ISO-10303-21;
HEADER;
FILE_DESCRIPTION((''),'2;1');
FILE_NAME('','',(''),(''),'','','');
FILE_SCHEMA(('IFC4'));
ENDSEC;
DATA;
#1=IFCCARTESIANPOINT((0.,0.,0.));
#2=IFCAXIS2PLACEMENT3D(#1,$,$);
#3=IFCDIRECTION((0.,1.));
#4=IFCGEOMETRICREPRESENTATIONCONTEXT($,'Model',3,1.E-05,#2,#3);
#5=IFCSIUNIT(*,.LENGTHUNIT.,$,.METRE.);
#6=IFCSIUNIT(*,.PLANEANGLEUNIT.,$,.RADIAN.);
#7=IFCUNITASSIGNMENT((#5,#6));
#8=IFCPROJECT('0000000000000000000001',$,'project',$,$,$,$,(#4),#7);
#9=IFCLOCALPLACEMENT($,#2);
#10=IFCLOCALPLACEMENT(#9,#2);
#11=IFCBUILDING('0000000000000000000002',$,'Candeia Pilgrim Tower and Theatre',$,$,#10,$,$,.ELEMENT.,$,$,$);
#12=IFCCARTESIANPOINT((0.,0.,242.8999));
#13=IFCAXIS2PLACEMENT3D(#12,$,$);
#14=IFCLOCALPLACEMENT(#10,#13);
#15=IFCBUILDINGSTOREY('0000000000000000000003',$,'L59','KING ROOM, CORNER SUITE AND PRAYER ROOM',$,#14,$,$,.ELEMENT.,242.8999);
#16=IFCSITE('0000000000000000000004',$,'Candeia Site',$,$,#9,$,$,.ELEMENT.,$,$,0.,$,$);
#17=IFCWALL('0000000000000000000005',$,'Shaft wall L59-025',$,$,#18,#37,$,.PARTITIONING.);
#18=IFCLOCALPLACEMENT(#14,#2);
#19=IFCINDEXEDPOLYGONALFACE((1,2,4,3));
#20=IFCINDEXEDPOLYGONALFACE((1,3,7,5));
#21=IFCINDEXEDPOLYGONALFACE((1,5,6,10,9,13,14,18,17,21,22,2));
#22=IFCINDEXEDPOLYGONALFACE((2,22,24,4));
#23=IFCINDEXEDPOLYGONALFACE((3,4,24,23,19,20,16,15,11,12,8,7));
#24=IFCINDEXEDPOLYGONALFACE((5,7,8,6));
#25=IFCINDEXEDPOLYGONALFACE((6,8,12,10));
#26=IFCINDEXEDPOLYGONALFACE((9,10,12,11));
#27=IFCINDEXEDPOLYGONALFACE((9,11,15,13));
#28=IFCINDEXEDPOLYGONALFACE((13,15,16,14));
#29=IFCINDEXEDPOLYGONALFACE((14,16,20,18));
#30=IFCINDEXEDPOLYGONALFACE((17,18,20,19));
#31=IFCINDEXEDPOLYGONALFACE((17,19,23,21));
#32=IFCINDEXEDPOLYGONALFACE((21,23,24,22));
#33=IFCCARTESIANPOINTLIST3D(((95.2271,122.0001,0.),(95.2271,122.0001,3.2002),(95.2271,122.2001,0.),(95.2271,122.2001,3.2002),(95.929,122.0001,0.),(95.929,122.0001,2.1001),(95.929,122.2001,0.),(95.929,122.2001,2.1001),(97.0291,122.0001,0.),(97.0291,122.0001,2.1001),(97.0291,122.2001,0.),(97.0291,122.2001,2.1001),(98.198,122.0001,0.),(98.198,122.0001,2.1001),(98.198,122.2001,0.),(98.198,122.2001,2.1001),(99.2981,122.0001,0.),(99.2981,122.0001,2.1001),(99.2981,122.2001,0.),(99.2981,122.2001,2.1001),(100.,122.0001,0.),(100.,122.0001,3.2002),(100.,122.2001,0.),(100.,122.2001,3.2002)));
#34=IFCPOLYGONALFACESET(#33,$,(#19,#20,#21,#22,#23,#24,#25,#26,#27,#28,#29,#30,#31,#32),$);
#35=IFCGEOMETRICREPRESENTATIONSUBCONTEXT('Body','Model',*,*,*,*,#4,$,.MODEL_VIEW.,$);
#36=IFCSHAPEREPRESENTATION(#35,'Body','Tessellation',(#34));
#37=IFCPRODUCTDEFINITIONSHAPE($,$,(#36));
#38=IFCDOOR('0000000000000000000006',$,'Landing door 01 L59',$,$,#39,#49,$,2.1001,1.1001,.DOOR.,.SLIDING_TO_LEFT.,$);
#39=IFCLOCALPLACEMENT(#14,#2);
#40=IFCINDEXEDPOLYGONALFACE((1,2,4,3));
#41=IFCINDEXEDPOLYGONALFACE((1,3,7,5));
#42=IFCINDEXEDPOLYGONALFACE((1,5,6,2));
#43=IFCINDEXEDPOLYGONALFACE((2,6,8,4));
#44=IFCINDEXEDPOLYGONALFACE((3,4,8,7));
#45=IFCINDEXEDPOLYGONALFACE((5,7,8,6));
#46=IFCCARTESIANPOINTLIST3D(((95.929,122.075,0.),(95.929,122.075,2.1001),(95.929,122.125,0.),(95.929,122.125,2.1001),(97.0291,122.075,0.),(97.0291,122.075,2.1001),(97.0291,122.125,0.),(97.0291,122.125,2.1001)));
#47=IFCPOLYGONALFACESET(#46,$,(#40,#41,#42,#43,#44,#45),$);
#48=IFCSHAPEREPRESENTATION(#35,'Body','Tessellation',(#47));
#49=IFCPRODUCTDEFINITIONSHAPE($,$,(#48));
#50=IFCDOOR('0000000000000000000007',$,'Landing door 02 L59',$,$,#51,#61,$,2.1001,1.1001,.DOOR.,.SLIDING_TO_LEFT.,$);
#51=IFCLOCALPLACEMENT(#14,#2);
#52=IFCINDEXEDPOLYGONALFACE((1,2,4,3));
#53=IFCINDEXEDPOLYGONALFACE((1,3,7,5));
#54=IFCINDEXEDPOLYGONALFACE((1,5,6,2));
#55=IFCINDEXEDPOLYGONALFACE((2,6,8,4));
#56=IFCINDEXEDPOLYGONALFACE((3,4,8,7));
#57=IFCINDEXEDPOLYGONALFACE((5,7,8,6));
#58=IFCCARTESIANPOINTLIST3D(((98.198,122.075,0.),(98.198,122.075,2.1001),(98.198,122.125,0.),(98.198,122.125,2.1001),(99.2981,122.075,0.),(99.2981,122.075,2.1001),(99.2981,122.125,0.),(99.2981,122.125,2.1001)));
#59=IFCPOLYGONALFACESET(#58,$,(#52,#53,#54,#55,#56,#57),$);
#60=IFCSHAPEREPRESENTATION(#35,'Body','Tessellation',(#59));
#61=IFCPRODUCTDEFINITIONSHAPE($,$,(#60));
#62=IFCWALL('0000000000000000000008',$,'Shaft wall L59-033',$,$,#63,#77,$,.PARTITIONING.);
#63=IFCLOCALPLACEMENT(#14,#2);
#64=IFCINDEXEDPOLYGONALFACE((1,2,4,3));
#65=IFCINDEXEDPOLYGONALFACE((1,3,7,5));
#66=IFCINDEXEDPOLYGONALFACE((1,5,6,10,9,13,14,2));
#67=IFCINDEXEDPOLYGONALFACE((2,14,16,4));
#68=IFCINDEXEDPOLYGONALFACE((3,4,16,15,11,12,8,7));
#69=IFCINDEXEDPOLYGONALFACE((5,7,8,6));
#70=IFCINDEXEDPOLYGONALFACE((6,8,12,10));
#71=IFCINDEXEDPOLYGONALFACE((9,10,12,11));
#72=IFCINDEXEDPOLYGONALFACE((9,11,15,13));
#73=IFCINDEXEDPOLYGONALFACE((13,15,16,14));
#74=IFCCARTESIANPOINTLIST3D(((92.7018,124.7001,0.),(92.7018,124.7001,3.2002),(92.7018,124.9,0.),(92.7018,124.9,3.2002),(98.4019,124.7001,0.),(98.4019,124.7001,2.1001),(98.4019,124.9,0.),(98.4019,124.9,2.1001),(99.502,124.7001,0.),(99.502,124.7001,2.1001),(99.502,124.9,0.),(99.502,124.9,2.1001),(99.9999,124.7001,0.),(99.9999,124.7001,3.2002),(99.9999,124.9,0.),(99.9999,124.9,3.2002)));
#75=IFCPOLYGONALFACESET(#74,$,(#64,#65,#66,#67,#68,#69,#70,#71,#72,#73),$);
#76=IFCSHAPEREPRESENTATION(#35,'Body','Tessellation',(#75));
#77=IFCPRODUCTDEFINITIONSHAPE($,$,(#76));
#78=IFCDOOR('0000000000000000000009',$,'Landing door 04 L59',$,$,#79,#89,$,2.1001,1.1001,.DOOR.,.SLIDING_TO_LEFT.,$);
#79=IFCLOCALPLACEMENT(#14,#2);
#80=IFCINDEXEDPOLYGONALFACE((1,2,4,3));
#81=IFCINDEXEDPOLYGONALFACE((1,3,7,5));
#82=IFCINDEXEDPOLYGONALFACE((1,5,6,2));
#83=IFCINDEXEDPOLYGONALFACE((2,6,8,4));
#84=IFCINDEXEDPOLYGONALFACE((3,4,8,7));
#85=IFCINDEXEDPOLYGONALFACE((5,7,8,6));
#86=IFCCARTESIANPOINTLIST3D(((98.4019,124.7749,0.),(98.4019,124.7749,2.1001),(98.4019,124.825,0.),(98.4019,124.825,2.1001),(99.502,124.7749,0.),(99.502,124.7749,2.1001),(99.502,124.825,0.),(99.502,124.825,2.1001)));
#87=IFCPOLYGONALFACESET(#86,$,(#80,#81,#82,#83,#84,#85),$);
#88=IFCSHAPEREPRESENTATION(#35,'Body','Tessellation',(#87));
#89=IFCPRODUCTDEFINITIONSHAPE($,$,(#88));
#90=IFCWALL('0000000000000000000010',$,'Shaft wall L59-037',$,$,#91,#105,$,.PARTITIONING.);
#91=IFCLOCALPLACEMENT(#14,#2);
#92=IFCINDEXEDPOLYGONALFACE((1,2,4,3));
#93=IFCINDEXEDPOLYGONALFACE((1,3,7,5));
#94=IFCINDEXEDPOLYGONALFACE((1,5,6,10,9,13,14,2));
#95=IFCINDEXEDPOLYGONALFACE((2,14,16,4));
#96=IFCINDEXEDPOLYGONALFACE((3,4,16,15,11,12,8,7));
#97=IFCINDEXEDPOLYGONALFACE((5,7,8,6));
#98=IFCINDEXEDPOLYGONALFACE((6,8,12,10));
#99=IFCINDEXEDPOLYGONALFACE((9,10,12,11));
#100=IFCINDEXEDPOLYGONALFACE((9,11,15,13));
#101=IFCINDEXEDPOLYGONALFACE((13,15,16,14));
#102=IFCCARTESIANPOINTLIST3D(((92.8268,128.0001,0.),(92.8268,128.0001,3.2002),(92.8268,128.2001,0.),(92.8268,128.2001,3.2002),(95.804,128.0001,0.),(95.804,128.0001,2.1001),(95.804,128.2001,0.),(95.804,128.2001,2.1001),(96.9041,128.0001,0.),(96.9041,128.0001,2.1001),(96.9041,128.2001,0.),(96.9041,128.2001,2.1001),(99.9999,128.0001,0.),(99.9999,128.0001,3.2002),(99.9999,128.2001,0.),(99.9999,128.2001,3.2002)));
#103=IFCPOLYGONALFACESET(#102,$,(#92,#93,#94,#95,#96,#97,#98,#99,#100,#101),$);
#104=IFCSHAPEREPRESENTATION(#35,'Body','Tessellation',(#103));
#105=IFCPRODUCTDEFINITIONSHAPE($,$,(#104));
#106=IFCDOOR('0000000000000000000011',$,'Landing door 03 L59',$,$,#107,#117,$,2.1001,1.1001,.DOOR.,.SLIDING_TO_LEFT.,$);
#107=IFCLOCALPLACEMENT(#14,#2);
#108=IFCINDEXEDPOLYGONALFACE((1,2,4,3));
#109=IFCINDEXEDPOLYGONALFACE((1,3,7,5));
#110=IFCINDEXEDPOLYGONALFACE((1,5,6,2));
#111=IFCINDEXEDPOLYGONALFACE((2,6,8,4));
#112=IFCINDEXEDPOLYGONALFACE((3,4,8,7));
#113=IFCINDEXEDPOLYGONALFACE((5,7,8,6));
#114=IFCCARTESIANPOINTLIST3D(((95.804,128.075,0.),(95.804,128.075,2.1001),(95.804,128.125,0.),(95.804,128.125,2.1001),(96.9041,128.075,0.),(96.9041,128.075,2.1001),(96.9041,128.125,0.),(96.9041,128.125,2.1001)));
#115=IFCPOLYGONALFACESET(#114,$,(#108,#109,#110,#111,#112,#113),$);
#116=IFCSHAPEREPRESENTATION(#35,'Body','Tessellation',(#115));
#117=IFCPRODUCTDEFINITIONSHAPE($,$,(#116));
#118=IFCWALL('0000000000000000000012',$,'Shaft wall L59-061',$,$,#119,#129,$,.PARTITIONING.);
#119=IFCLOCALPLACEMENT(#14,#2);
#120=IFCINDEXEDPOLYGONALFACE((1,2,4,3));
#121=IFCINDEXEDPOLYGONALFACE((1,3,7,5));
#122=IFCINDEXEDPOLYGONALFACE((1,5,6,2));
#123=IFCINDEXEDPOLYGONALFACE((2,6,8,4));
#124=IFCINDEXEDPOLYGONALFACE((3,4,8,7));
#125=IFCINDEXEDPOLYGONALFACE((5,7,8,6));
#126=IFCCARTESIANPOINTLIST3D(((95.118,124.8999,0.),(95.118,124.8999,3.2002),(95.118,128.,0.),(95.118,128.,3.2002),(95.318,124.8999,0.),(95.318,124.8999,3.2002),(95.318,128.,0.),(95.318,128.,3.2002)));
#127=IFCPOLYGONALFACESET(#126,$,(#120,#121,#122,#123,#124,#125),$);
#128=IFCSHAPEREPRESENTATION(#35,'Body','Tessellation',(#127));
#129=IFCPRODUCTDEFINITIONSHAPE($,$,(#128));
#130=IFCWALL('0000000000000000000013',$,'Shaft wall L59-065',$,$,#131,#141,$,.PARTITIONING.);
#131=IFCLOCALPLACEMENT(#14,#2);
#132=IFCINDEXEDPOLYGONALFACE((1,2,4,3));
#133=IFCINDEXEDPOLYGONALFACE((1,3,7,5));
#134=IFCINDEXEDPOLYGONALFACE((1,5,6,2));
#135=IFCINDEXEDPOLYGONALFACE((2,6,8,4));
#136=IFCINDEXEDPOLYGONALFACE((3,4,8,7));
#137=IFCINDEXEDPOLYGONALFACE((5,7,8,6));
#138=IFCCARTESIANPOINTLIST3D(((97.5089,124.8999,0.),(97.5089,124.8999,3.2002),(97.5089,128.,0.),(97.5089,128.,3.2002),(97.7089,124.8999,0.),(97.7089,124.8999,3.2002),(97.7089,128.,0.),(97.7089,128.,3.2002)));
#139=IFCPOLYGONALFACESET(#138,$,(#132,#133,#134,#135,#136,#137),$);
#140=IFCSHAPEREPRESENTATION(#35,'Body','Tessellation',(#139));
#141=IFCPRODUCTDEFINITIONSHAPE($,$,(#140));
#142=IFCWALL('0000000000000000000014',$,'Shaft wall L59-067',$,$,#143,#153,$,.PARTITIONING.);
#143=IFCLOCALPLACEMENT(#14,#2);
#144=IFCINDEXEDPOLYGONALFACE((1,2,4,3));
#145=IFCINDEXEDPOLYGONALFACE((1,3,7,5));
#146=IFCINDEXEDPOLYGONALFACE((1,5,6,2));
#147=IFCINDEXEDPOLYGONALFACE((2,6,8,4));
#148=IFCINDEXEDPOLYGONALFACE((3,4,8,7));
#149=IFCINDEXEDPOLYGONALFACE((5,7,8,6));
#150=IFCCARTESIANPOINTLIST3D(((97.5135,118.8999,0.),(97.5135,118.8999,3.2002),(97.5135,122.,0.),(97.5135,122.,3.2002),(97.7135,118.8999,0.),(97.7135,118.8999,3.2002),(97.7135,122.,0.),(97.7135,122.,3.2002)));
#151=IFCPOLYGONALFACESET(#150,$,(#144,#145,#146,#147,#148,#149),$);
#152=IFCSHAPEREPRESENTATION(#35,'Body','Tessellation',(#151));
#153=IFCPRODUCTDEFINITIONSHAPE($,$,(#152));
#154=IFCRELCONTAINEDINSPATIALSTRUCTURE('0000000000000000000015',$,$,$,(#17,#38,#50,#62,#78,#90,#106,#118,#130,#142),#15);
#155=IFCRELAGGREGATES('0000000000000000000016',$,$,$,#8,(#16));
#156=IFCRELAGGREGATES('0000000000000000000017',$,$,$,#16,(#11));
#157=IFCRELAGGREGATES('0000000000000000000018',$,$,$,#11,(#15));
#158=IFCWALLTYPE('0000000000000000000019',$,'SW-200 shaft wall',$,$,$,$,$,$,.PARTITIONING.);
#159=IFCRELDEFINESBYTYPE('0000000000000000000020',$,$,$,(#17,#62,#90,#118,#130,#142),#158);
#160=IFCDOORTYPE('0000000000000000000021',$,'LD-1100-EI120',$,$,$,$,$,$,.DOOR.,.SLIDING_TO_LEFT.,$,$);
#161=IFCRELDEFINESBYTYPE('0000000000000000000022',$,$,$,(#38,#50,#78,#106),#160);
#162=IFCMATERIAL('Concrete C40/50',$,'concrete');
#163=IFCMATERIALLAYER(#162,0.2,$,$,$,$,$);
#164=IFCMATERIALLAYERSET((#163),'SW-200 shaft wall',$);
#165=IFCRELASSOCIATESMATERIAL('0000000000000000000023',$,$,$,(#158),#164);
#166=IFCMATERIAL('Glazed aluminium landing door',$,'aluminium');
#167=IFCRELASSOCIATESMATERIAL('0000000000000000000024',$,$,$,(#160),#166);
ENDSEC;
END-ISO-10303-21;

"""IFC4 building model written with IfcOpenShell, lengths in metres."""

from ifc_helpers import new_model, si_unit, direction, frame, frame_2d, origin, place, context, subcontext, project, spatial, rectangle, extrude, material, layer, layer_set, type_object, element, fill, save


model = new_model("IFC4")

# Units and contexts
model_context = context("Model", 3, precision=1e-05, world=origin(), true_north=direction((0.0, 1.0)))
body_context = subcontext(model_context, "Body", "Model", "MODEL_VIEW")
ifc_project = project(units=[si_unit("LENGTHUNIT", "METRE"), si_unit("PLANEANGLEUNIT", "RADIAN")], contexts=[model_context])

# Site, building, storey
site_placement = place(None, origin())
site = spatial("IfcSite", under=ifc_project, at=site_placement, Name="Candeia Site", CompositionType="ELEMENT", RefElevation=0.0)
building_placement = place(site_placement, origin())
building = spatial("IfcBuilding", under=site, at=building_placement, Name="Candeia Pilgrim Tower and Theatre", CompositionType="ELEMENT")
storey_placement = place(building_placement, frame((0.0, 0.0, 242.8999)))
storey = spatial("IfcBuildingStorey", under=building, at=storey_placement, Name="L59", Description="KING ROOM, CORNER SUITE AND PRAYER ROOM", CompositionType="ELEMENT", Elevation=242.8999)

# Shared definitions
ifc_material_1 = material(Name="Concrete C40/50", Category="concrete")
ifc_layer_1 = layer(ifc_material_1, 0.2)
ifc_layer_set_1 = layer_set([ifc_layer_1], Name="SW-200 shaft wall")
wall_type_1 = type_object("IfcWallType", Name="SW-200 shaft wall", PredefinedType="PARTITIONING", material=ifc_layer_set_1)

# Wall, openings, doors
wall_1_placement = place(storey_placement, frame((95.2271, 122.1001, 0.0), z_axis=(0.0, 0.0, 1.0), x_axis=(1.0, 0.0, 0.0)))
wall_1 = element("IfcWall", 1, at=wall_1_placement, inside=storey, type_object=wall_type_1, Name="Shaft wall L59-025", PredefinedType="PARTITIONING", context=body_context, shape_type="SweptSolid", body=[
    extrude(rectangle(XDim=4.7729, YDim=0.2, at=frame_2d((2.3865, 0.0))), origin(), (0.0, 0.0, 1.0), 3.2002),
])
opening_1_placement = place(wall_1_placement, frame((0.7019, 0.0, 0.0)))
opening_1 = element("IfcOpeningElement", 2, at=opening_1_placement, cuts=wall_1, PredefinedType="OPENING", context=body_context, shape_type="SweptSolid", body=[
    extrude(rectangle(XDim=1.1001, YDim=2.1001, at=frame_2d((0.55, 1.05))), frame((0.0, 0.1099, 0.0), z_axis=(0.0, -1.0, 0.0), x_axis=(1.0, 0.0, 0.0)), (0.0, 0.0, 1.0), 0.22),
])
opening_2_placement = place(wall_1_placement, frame((2.9709, 0.0, 0.0)))
opening_2 = element("IfcOpeningElement", 3, at=opening_2_placement, cuts=wall_1, PredefinedType="OPENING", context=body_context, shape_type="SweptSolid", body=[
    extrude(rectangle(XDim=1.1001, YDim=2.1001, at=frame_2d((0.55, 1.05))), frame((0.0, 0.1099, 0.0), z_axis=(0.0, -1.0, 0.0), x_axis=(1.0, 0.0, 0.0)), (0.0, 0.0, 1.0), 0.22),
])
ifc_material_2 = material(Name="Glazed aluminium landing door", Category="aluminium")
door_type_1 = type_object("IfcDoorType", Name="LD-1100-EI120", OperationType="SLIDING_TO_LEFT", PredefinedType="DOOR", material=ifc_material_2)
door_1_placement = place(opening_1_placement, origin())
door_1 = element("IfcDoor", 4, at=door_1_placement, inside=storey, type_object=door_type_1, Name="Landing door 01 L59", OperationType="SLIDING_TO_LEFT", OverallHeight=2.1001, OverallWidth=1.1001, PredefinedType="DOOR", context=body_context, shape_type="SweptSolid", body=[
    extrude(rectangle(XDim=1.1001, YDim=2.1001, at=frame_2d((0.55, 1.05))), frame((0.0, 0.0249, 0.0), z_axis=(0.0, -1.0, 0.0), x_axis=(1.0, 0.0, 0.0)), (0.0, 0.0, 1.0), 0.05),
])
fill(opening_1, door_1)
door_2_placement = place(opening_2_placement, origin())
door_2 = element("IfcDoor", 5, at=door_2_placement, inside=storey, type_object=door_type_1, Name="Landing door 02 L59", OperationType="SLIDING_TO_LEFT", OverallHeight=2.1001, OverallWidth=1.1001, PredefinedType="DOOR", context=body_context, shape_type="SweptSolid", body=[
    extrude(rectangle(XDim=1.1001, YDim=2.1001, at=frame_2d((0.55, 1.05))), frame((0.0, 0.0249, 0.0), z_axis=(0.0, -1.0, 0.0), x_axis=(1.0, 0.0, 0.0)), (0.0, 0.0, 1.0), 0.05),
])
fill(opening_2, door_2)

# Walls, openings, doors
wall_2_placement = place(storey_placement, frame((92.7019, 124.8, 0.0), z_axis=(0.0, 0.0, 1.0), x_axis=(1.0, 0.0, 0.0)))
wall_2 = element("IfcWall", 6, at=wall_2_placement, inside=storey, type_object=wall_type_1, Name="Shaft wall L59-033", PredefinedType="PARTITIONING", context=body_context, shape_type="SweptSolid", body=[
    extrude(rectangle(XDim=7.2981, YDim=0.2, at=frame_2d((3.6489, 0.0))), origin(), (0.0, 0.0, 1.0), 3.2002),
])
opening_3_placement = place(wall_2_placement, frame((5.7, 0.0, 0.0)))
opening_3 = element("IfcOpeningElement", 7, at=opening_3_placement, cuts=wall_2, PredefinedType="OPENING", context=body_context, shape_type="SweptSolid", body=[
    extrude(rectangle(XDim=1.1001, YDim=2.1001, at=frame_2d((0.55, 1.05))), frame((0.0, 0.1099, 0.0), z_axis=(0.0, -1.0, 0.0), x_axis=(1.0, 0.0, 0.0)), (0.0, 0.0, 1.0), 0.22),
])
door_3_placement = place(opening_3_placement, origin())
door_3 = element("IfcDoor", 8, at=door_3_placement, inside=storey, type_object=door_type_1, Name="Landing door 04 L59", OperationType="SLIDING_TO_LEFT", OverallHeight=2.1001, OverallWidth=1.1001, PredefinedType="DOOR", context=body_context, shape_type="SweptSolid", body=[
    extrude(rectangle(XDim=1.1001, YDim=2.1001, at=frame_2d((0.55, 1.05))), frame((0.0, 0.0249, 0.0), z_axis=(0.0, -1.0, 0.0), x_axis=(1.0, 0.0, 0.0)), (0.0, 0.0, 1.0), 0.05),
])
fill(opening_3, door_3)
wall_3_placement = place(storey_placement, frame((92.8269, 128.1001, 0.0), z_axis=(0.0, 0.0, 1.0), x_axis=(1.0, 0.0, 0.0)))
wall_3 = element("IfcWall", 9, at=wall_3_placement, inside=storey, type_object=wall_type_1, Name="Shaft wall L59-037", PredefinedType="PARTITIONING", context=body_context, shape_type="SweptSolid", body=[
    extrude(rectangle(XDim=7.1731, YDim=0.2, at=frame_2d((3.5864, 0.0))), origin(), (0.0, 0.0, 1.0), 3.2002),
])
opening_4_placement = place(wall_3_placement, frame((2.9771, 0.0, 0.0)))
opening_4 = element("IfcOpeningElement", 10, at=opening_4_placement, cuts=wall_3, PredefinedType="OPENING", context=body_context, shape_type="SweptSolid", body=[
    extrude(rectangle(XDim=1.1001, YDim=2.1001, at=frame_2d((0.55, 1.05))), frame((0.0, 0.1099, 0.0), z_axis=(0.0, -1.0, 0.0), x_axis=(1.0, 0.0, 0.0)), (0.0, 0.0, 1.0), 0.22),
])
door_4_placement = place(opening_4_placement, origin())
door_4 = element("IfcDoor", 11, at=door_4_placement, inside=storey, type_object=door_type_1, Name="Landing door 03 L59", OperationType="SLIDING_TO_LEFT", OverallHeight=2.1001, OverallWidth=1.1001, PredefinedType="DOOR", context=body_context, shape_type="SweptSolid", body=[
    extrude(rectangle(XDim=1.1001, YDim=2.1001, at=frame_2d((0.55, 1.05))), frame((0.0, 0.0249, 0.0), z_axis=(0.0, -1.0, 0.0), x_axis=(1.0, 0.0, 0.0)), (0.0, 0.0, 1.0), 0.05),
])
fill(opening_4, door_4)

# Walls
for number, where, z_axis, x_axis, name in (
    (12, (95.218, 124.8999, 0.0), (0.0, 0.0, 1.0), (0.0, 1.0, 0.0), "Shaft wall L59-061"),
    (13, (97.6089, 124.8999, 0.0), (0.0, 0.0, 1.0), (0.0, 1.0, 0.0), "Shaft wall L59-065"),
    (14, (97.6135, 118.8999, 0.0), (0.0, 0.0, 1.0), (0.0, 1.0, 0.0), "Shaft wall L59-067"),
):
    element("IfcWall", number, at=place(storey_placement, frame(where, z_axis=z_axis, x_axis=x_axis)), inside=storey, type_object=wall_type_1, Name=name, PredefinedType="PARTITIONING", context=body_context, shape_type="SweptSolid", body=[
        extrude(rectangle(XDim=3.1001, YDim=0.2, at=frame_2d((1.55, 0.0))), origin(), (0.0, 0.0, 1.0), 3.2002),
    ])

save(model, "model.ifc")
